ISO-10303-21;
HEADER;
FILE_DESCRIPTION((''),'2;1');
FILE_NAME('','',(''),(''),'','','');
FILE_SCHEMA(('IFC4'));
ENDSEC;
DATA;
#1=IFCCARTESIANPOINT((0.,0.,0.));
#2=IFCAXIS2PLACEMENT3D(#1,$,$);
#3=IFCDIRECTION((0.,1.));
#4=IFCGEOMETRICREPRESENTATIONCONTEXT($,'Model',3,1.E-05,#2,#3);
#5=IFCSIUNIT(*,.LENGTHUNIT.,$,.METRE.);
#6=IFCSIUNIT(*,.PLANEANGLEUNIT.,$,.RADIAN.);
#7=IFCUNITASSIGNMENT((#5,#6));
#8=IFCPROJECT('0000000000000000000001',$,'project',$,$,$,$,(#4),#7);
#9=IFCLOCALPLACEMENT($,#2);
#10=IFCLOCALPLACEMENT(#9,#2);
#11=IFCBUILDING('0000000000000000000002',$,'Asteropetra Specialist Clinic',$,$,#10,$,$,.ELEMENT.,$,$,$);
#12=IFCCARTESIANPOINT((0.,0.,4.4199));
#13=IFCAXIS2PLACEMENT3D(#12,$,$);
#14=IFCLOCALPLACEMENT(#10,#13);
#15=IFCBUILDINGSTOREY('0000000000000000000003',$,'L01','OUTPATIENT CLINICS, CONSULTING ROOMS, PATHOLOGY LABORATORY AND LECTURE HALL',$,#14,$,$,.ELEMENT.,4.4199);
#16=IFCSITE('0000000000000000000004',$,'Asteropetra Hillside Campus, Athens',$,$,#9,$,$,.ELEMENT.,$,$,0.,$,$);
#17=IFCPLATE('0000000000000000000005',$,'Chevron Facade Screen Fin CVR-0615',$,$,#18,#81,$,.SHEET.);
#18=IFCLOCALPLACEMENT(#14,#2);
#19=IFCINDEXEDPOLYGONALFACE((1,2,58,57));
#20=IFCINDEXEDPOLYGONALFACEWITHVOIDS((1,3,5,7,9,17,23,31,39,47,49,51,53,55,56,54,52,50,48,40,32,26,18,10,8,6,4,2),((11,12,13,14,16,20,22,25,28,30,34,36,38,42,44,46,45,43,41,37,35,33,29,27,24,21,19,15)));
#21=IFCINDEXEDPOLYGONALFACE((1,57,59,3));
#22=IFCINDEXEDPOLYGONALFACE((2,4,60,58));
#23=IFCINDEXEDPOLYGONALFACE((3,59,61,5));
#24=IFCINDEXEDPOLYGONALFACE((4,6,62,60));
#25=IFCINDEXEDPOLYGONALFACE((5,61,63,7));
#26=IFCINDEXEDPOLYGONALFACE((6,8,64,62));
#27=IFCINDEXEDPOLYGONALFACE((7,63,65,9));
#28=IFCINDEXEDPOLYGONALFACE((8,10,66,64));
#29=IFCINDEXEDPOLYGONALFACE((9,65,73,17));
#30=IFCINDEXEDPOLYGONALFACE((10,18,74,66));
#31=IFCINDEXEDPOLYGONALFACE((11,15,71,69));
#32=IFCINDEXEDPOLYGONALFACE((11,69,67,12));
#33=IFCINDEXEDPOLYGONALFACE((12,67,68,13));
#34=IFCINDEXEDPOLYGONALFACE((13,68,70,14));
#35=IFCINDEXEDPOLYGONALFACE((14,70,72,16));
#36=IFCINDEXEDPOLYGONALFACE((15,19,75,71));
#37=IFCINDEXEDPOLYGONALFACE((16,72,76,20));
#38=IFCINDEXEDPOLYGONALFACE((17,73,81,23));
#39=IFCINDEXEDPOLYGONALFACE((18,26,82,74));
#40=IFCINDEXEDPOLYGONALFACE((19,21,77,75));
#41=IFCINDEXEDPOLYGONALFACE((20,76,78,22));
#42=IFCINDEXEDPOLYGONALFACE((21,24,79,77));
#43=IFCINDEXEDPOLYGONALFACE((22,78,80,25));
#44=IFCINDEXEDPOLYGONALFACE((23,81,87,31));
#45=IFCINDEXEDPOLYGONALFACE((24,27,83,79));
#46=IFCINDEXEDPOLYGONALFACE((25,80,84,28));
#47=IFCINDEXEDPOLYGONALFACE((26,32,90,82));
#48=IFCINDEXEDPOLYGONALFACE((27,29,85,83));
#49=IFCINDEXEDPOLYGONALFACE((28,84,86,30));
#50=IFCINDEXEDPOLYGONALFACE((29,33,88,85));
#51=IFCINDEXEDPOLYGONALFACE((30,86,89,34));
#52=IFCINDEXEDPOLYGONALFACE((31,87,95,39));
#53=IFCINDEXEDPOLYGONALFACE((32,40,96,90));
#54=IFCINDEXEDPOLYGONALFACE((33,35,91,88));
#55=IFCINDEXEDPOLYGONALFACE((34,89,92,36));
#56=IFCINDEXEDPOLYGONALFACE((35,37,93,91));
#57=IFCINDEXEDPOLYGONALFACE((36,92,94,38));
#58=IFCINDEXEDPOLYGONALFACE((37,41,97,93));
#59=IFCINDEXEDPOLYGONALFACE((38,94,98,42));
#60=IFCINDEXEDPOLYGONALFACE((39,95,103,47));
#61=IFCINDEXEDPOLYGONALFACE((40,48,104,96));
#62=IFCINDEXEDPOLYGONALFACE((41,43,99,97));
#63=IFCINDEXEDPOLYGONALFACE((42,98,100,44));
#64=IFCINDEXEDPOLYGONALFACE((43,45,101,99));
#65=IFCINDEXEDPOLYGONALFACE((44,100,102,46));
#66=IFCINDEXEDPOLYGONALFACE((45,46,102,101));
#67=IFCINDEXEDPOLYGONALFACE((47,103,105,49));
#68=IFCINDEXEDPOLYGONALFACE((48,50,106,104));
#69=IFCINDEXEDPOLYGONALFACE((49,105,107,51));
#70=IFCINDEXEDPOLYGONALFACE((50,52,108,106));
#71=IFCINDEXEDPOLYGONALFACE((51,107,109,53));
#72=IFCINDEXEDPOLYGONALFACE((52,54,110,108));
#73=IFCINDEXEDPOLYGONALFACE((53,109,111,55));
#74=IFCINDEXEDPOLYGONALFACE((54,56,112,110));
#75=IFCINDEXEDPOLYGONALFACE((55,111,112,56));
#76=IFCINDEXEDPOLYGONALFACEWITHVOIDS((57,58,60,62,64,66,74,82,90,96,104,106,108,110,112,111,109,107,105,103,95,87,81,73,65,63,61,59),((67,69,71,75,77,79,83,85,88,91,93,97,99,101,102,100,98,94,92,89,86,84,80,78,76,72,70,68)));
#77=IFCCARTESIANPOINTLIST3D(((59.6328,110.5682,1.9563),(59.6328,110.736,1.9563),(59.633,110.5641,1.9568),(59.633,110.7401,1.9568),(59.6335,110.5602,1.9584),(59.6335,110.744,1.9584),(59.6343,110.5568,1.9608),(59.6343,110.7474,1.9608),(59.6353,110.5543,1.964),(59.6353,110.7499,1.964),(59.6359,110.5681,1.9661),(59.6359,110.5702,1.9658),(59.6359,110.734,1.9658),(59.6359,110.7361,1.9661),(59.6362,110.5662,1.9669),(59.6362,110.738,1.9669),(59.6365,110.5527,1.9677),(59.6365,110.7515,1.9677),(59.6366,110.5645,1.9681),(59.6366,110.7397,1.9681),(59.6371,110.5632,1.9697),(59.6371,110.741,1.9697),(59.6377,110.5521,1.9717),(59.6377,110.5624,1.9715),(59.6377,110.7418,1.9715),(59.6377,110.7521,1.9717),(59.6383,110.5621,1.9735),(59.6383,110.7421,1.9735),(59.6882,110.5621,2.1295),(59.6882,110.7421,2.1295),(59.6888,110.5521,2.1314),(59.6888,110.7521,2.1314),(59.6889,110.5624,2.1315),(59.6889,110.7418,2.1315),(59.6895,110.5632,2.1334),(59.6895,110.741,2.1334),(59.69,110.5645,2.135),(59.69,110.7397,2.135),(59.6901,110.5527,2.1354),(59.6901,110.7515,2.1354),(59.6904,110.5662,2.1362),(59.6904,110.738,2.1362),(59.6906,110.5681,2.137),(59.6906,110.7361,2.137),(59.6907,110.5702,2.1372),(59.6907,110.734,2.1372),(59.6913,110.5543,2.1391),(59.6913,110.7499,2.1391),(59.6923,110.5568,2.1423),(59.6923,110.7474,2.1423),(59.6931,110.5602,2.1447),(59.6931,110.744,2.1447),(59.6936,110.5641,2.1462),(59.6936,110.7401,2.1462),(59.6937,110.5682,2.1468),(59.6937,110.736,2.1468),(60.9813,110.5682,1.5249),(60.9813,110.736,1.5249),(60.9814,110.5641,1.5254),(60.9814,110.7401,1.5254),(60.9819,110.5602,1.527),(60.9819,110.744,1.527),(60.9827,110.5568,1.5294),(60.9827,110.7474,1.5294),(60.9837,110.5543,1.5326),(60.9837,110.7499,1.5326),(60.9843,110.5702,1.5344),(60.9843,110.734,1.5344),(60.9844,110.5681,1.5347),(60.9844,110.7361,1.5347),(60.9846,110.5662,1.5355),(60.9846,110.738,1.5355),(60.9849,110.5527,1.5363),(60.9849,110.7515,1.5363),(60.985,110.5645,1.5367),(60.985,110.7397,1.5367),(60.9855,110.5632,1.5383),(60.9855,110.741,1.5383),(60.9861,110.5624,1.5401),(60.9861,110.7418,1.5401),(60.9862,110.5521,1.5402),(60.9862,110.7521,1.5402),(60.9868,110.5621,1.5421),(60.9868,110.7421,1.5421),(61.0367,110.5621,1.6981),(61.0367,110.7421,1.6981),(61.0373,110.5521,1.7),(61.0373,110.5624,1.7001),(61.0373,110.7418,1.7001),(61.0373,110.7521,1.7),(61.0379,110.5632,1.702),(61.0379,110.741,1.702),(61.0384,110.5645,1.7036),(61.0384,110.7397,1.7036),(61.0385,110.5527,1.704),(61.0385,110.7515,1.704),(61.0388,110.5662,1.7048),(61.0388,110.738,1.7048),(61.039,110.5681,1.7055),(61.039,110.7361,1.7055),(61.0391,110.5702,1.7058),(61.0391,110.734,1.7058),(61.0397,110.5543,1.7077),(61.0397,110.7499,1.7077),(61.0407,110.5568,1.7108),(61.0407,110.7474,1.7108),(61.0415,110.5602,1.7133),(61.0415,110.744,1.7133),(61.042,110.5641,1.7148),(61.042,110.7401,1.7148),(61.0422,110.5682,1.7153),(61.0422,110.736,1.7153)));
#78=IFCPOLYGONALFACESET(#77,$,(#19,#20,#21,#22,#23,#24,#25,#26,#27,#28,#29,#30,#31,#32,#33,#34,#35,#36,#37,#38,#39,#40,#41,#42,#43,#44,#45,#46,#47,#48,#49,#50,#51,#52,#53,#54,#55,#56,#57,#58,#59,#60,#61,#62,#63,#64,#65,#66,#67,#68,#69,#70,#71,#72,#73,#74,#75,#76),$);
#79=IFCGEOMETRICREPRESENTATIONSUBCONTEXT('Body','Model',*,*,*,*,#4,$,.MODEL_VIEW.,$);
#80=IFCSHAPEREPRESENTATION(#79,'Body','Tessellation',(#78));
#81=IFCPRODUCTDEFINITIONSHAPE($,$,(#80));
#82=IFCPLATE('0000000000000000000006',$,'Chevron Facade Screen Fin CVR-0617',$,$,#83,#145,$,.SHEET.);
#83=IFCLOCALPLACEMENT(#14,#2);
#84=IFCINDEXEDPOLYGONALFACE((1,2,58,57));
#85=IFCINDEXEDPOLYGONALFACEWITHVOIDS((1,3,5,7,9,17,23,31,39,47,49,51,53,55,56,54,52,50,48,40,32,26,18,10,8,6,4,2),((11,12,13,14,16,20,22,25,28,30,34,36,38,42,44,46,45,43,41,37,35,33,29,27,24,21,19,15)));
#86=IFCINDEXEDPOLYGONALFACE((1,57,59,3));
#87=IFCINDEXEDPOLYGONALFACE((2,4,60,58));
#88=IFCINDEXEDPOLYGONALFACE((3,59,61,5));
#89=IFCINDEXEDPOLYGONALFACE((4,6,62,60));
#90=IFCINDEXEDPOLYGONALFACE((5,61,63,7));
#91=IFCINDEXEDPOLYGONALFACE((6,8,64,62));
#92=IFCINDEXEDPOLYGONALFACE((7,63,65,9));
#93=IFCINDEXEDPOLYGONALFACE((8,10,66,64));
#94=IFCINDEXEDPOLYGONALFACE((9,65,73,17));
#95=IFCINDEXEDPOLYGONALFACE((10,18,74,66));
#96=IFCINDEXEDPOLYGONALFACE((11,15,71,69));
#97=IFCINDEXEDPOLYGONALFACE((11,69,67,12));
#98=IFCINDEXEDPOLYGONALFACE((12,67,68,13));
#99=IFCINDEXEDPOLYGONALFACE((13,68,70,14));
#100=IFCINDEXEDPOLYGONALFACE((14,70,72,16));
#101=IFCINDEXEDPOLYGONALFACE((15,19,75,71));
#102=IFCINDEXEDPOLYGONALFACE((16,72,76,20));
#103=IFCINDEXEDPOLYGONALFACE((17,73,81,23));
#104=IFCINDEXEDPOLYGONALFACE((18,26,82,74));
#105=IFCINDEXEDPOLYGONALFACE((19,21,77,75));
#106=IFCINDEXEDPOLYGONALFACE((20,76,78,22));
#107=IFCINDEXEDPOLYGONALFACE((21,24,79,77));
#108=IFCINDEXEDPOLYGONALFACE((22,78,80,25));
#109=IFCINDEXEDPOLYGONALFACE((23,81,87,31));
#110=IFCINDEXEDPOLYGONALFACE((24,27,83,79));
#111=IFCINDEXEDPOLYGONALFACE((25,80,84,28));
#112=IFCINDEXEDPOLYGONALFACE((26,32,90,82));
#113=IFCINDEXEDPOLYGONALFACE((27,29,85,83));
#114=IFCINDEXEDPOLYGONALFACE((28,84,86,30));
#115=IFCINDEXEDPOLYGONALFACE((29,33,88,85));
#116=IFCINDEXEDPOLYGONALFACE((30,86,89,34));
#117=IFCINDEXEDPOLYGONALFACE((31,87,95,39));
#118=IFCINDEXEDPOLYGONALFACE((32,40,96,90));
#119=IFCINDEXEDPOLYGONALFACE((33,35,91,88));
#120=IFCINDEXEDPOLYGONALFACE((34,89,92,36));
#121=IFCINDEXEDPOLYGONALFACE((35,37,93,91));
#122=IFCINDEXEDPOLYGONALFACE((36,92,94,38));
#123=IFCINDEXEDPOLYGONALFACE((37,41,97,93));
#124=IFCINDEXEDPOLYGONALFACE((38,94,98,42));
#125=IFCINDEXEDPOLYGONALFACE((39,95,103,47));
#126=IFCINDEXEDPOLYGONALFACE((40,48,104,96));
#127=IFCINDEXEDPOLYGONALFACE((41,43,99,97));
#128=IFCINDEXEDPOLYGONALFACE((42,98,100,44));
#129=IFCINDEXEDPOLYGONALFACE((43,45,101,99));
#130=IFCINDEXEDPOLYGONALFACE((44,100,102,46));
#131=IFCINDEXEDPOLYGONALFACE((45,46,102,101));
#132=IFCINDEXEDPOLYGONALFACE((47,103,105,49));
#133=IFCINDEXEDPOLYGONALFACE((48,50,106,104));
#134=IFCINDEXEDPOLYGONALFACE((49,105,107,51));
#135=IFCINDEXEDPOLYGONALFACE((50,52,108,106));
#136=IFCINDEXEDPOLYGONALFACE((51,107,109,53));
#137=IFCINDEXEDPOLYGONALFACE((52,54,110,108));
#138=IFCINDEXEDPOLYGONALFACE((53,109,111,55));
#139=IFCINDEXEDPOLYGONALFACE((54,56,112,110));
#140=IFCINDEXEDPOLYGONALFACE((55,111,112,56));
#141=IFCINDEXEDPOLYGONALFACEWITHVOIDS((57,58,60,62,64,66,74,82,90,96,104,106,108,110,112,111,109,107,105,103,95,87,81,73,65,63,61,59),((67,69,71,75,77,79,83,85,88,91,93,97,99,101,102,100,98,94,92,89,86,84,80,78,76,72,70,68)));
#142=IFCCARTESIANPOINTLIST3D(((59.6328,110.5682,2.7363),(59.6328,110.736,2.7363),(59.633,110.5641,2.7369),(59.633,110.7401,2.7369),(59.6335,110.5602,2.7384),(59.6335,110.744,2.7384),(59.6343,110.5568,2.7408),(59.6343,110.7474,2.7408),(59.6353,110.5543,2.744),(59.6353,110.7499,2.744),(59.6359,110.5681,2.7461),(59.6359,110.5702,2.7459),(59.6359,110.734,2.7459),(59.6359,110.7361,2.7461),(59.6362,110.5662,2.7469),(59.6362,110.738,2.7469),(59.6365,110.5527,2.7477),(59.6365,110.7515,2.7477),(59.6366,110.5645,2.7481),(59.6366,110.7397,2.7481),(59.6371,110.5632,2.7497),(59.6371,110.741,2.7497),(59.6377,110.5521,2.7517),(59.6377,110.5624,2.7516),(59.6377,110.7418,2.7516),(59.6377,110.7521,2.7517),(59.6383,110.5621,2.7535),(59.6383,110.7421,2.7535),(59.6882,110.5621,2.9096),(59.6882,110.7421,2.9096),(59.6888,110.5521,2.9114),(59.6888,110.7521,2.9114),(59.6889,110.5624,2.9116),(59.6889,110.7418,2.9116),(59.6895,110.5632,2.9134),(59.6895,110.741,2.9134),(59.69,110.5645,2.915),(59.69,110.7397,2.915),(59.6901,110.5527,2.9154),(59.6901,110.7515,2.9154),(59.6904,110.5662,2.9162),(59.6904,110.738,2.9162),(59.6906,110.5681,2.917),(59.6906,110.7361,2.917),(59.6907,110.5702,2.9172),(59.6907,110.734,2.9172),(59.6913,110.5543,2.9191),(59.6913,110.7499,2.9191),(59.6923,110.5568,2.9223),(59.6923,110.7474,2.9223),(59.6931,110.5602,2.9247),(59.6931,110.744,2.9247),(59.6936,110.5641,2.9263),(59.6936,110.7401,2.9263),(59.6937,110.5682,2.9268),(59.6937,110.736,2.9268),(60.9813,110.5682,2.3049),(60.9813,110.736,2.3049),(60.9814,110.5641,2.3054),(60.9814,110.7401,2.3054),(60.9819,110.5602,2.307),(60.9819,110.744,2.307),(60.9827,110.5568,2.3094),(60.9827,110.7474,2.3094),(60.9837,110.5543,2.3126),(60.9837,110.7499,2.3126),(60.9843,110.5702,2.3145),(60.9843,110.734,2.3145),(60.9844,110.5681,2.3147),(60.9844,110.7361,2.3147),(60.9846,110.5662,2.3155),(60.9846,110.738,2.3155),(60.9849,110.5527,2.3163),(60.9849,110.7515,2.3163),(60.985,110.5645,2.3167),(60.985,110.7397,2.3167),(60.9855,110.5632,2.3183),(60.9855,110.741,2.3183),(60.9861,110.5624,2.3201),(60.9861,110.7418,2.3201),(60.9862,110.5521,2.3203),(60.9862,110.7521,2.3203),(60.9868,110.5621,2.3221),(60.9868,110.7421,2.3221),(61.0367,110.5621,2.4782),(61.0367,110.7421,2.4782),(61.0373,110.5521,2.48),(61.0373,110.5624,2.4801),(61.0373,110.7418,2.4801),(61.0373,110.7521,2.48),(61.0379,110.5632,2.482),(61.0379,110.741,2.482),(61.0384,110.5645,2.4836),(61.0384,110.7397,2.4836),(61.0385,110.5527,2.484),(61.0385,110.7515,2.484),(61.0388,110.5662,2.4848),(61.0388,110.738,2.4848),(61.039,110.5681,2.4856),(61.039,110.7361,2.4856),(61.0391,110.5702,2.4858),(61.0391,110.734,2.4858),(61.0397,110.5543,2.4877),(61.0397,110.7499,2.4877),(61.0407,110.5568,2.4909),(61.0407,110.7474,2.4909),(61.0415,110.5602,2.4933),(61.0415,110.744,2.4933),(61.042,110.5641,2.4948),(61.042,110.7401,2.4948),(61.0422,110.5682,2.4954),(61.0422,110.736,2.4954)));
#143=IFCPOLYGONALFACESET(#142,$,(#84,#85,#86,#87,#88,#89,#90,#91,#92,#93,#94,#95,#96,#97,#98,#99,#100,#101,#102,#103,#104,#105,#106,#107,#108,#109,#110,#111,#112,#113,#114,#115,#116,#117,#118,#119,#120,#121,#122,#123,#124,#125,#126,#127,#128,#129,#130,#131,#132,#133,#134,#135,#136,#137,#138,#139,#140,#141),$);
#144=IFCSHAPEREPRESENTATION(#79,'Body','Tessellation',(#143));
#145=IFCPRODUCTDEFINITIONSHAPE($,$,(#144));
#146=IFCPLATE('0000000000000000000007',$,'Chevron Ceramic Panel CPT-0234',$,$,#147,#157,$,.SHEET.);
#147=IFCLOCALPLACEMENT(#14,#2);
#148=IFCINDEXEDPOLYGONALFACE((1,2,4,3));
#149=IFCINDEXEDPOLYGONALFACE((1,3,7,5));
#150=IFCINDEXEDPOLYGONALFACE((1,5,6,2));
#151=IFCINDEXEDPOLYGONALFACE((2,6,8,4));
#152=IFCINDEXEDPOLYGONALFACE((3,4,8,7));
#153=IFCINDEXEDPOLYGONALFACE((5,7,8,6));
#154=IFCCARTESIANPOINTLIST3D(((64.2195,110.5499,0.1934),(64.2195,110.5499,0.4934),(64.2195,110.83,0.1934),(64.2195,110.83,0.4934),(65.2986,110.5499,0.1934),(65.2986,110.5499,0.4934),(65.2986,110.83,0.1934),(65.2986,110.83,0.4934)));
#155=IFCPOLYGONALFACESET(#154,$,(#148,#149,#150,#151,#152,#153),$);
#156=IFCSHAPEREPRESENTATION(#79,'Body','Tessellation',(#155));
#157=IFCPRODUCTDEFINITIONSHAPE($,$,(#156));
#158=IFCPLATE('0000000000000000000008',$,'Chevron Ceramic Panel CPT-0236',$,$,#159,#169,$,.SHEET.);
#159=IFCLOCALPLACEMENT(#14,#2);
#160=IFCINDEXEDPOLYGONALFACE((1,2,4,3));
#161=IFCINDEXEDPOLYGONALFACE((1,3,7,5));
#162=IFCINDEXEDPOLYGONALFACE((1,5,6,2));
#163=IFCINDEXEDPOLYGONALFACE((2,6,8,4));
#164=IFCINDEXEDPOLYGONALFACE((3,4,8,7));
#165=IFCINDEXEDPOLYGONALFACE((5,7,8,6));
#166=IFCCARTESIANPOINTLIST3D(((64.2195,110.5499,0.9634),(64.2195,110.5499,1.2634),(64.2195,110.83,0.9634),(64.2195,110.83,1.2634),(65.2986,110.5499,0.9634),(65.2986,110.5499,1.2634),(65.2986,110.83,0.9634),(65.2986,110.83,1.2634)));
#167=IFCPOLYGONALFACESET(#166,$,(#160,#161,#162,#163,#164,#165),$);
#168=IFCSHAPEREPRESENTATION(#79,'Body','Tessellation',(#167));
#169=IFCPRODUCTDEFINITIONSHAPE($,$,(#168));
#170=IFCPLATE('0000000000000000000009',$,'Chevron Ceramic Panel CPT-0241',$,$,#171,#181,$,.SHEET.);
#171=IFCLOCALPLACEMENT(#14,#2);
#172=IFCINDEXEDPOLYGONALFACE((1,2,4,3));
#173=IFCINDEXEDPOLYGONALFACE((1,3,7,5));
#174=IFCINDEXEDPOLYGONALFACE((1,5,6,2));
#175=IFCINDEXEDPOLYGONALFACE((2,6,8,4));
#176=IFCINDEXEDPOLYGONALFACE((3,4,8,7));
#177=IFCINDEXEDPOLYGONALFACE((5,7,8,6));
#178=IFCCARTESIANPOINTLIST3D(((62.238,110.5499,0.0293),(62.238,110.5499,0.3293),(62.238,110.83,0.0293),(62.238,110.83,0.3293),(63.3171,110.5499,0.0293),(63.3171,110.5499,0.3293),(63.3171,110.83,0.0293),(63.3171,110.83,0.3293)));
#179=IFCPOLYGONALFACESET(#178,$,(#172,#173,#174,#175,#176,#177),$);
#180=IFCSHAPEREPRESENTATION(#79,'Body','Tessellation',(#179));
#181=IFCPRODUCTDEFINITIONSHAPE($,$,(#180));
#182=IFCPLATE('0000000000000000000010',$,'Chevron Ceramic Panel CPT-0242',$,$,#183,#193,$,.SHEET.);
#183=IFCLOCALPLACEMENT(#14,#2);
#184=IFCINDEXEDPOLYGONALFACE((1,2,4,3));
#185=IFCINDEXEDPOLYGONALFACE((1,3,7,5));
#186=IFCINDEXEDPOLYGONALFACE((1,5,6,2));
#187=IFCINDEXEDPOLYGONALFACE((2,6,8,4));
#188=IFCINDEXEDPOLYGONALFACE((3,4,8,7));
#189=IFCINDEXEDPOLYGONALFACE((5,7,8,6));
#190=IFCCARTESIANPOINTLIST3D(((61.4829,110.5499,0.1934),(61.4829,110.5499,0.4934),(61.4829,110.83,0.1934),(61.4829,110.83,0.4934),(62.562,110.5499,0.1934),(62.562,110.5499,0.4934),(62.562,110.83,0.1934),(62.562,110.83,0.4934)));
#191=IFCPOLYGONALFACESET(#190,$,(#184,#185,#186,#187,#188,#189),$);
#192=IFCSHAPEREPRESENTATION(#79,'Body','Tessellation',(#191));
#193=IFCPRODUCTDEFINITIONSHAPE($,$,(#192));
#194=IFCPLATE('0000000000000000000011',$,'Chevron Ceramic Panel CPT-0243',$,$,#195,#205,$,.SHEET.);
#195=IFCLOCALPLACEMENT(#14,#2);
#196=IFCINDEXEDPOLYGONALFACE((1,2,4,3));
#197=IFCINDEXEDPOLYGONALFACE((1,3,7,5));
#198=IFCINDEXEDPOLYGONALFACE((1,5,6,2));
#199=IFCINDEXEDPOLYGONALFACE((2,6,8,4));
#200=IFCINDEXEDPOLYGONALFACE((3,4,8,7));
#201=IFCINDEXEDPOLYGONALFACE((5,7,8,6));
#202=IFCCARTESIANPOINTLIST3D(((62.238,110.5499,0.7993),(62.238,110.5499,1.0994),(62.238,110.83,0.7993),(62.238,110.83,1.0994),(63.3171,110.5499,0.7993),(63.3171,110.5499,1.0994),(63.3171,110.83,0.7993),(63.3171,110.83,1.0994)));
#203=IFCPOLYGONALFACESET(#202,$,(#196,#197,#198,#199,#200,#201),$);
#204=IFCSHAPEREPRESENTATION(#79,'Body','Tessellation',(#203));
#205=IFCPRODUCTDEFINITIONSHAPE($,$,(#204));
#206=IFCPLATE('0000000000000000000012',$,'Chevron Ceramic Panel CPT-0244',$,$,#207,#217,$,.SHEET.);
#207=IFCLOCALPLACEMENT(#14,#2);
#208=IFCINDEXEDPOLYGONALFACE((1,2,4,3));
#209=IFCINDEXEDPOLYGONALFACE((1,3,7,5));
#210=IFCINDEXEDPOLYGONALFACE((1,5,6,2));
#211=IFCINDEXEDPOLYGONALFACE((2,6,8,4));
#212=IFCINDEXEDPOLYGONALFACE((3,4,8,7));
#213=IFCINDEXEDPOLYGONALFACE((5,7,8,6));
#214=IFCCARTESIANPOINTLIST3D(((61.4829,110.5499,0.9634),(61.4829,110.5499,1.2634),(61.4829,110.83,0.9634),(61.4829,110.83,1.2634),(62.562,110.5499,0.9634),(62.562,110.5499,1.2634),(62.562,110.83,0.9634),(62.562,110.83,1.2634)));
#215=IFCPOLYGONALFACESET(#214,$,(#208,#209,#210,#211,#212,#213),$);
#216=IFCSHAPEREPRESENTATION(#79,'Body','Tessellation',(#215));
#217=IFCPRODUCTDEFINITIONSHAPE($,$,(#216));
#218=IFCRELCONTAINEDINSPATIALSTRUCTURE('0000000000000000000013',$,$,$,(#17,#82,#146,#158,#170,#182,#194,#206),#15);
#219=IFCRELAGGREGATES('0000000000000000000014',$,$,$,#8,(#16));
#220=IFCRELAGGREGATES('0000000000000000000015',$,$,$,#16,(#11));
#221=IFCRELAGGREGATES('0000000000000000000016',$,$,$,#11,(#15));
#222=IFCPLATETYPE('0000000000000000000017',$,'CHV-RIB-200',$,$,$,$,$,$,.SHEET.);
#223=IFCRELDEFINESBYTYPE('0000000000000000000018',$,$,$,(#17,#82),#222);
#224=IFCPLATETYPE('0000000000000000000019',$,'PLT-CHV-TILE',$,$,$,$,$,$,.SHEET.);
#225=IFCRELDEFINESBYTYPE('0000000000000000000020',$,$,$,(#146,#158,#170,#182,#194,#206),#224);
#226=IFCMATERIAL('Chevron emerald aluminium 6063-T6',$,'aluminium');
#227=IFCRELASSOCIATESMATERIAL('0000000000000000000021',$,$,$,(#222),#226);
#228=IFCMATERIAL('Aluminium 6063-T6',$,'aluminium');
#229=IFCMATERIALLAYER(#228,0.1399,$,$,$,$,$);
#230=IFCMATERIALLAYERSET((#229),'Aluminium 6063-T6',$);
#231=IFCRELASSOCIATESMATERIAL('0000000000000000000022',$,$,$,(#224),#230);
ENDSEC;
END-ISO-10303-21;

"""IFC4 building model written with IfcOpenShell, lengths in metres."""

from ifc_helpers import new_model, si_unit, direction, frame, origin, origin_2d, place, context, subcontext, project, spatial, rectangle, hollow_rectangle, extrude, material, layer, layer_set, material_profile, profile_set, type_object, element, save


model = new_model("IFC4")

# Units and contexts
model_context = context("Model", 3, precision=1e-05, world=origin(), true_north=direction((0.0, 1.0)))
body_context = subcontext(model_context, "Body", "Model", "MODEL_VIEW")
ifc_project = project(units=[si_unit("LENGTHUNIT", "METRE"), si_unit("PLANEANGLEUNIT", "RADIAN")], contexts=[model_context])

# Site, building, storey
site_placement = place(None, origin())
site = spatial("IfcSite", under=ifc_project, at=site_placement, Name="Asteropetra Hillside Campus, Athens", CompositionType="ELEMENT", RefElevation=0.0)
building_placement = place(site_placement, origin())
building = spatial("IfcBuilding", under=site, at=building_placement, Name="Asteropetra Specialist Clinic", CompositionType="ELEMENT")
storey_placement = place(building_placement, frame((0.0, 0.0, 4.4199)))
storey = spatial("IfcBuildingStorey", under=building, at=storey_placement, Name="L01", Description="OUTPATIENT CLINICS, CONSULTING ROOMS, PATHOLOGY LABORATORY AND LECTURE HALL", CompositionType="ELEMENT", Elevation=4.4199)

# Plates
ifc_material_1 = material(Name="Chevron emerald aluminium 6063-T6", Category="aluminium")
ifc_material_profile = material_profile(ifc_material_1, hollow_rectangle(XDim=0.2, YDim=0.2, WallThickness=0.01, InnerFilletRadius=0.0081, OuterFilletRadius=0.0161, at=origin_2d()), Name="SHS 200x200x10.0")
ifc_profile_set = profile_set([ifc_material_profile], Name="Chevron emerald aluminium 6063-T6")
plate_type_1 = type_object("IfcPlateType", Name="CHV-RIB-200", PredefinedType="SHEET", material=ifc_profile_set)
for number, where, z_axis, x_axis, name in (
    (1, (61.0117, 110.6521, 1.6201), (-0.952442, 0.0, 0.304719), (0.0, -1.0, 0.0), "Chevron Facade Screen Fin CVR-0615"),
    (2, (61.0117, 110.6521, 2.4001), (-0.952442, 0.0, 0.304719), (0.0, -1.0, 0.0), "Chevron Facade Screen Fin CVR-0617"),
):
    element("IfcPlate", number, at=place(storey_placement, frame(where, z_axis=z_axis, x_axis=x_axis)), inside=storey, type_object=plate_type_1, Name=name, PredefinedType="SHEET", context=body_context, shape_type="SweptSolid", body=[
        extrude(hollow_rectangle(XDim=0.2, YDim=0.2, WallThickness=0.01, InnerFilletRadius=0.0081, OuterFilletRadius=0.0161, at=origin_2d()), origin(), (0.0, 0.0, 1.0), 1.4158),
    ])
ifc_material_2 = material(Name="Aluminium 6063-T6", Category="aluminium")
ifc_layer_1 = layer(ifc_material_2, 0.1399)
ifc_layer_set_1 = layer_set([ifc_layer_1], Name="Aluminium 6063-T6")
plate_type_2 = type_object("IfcPlateType", Name="PLT-CHV-TILE", PredefinedType="SHEET", material=ifc_layer_set_1)
for number, where, z_axis, x_axis, name in (
    (3, (64.759, 110.6899, 0.1934), (0.0, 0.0, 1.0), (1.0, 0.0, 0.0), "Chevron Ceramic Panel CPT-0234"),
    (4, (64.759, 110.6899, 0.9634), (0.0, 0.0, 1.0), (1.0, 0.0, 0.0), "Chevron Ceramic Panel CPT-0236"),
    (5, (62.7776, 110.6899, 0.0293), (0.0, 0.0, 1.0), (1.0, 0.0, 0.0), "Chevron Ceramic Panel CPT-0241"),
    (6, (62.0225, 110.6899, 0.1934), (0.0, 0.0, 1.0), (1.0, 0.0, 0.0), "Chevron Ceramic Panel CPT-0242"),
    (7, (62.7776, 110.6899, 0.7993), (0.0, 0.0, 1.0), (1.0, 0.0, 0.0), "Chevron Ceramic Panel CPT-0243"),
    (8, (62.0225, 110.6899, 0.9634), (0.0, 0.0, 1.0), (1.0, 0.0, 0.0), "Chevron Ceramic Panel CPT-0244"),
):
    element("IfcPlate", number, at=place(storey_placement, frame(where, z_axis=z_axis, x_axis=x_axis)), inside=storey, type_object=plate_type_2, Name=name, PredefinedType="SHEET", context=body_context, shape_type="SweptSolid", body=[
        extrude(rectangle(XDim=1.0791, YDim=0.28, at=origin_2d()), origin(), (0.0, 0.0, 1.0), 0.3),
    ])

save(model, "model.ifc")
